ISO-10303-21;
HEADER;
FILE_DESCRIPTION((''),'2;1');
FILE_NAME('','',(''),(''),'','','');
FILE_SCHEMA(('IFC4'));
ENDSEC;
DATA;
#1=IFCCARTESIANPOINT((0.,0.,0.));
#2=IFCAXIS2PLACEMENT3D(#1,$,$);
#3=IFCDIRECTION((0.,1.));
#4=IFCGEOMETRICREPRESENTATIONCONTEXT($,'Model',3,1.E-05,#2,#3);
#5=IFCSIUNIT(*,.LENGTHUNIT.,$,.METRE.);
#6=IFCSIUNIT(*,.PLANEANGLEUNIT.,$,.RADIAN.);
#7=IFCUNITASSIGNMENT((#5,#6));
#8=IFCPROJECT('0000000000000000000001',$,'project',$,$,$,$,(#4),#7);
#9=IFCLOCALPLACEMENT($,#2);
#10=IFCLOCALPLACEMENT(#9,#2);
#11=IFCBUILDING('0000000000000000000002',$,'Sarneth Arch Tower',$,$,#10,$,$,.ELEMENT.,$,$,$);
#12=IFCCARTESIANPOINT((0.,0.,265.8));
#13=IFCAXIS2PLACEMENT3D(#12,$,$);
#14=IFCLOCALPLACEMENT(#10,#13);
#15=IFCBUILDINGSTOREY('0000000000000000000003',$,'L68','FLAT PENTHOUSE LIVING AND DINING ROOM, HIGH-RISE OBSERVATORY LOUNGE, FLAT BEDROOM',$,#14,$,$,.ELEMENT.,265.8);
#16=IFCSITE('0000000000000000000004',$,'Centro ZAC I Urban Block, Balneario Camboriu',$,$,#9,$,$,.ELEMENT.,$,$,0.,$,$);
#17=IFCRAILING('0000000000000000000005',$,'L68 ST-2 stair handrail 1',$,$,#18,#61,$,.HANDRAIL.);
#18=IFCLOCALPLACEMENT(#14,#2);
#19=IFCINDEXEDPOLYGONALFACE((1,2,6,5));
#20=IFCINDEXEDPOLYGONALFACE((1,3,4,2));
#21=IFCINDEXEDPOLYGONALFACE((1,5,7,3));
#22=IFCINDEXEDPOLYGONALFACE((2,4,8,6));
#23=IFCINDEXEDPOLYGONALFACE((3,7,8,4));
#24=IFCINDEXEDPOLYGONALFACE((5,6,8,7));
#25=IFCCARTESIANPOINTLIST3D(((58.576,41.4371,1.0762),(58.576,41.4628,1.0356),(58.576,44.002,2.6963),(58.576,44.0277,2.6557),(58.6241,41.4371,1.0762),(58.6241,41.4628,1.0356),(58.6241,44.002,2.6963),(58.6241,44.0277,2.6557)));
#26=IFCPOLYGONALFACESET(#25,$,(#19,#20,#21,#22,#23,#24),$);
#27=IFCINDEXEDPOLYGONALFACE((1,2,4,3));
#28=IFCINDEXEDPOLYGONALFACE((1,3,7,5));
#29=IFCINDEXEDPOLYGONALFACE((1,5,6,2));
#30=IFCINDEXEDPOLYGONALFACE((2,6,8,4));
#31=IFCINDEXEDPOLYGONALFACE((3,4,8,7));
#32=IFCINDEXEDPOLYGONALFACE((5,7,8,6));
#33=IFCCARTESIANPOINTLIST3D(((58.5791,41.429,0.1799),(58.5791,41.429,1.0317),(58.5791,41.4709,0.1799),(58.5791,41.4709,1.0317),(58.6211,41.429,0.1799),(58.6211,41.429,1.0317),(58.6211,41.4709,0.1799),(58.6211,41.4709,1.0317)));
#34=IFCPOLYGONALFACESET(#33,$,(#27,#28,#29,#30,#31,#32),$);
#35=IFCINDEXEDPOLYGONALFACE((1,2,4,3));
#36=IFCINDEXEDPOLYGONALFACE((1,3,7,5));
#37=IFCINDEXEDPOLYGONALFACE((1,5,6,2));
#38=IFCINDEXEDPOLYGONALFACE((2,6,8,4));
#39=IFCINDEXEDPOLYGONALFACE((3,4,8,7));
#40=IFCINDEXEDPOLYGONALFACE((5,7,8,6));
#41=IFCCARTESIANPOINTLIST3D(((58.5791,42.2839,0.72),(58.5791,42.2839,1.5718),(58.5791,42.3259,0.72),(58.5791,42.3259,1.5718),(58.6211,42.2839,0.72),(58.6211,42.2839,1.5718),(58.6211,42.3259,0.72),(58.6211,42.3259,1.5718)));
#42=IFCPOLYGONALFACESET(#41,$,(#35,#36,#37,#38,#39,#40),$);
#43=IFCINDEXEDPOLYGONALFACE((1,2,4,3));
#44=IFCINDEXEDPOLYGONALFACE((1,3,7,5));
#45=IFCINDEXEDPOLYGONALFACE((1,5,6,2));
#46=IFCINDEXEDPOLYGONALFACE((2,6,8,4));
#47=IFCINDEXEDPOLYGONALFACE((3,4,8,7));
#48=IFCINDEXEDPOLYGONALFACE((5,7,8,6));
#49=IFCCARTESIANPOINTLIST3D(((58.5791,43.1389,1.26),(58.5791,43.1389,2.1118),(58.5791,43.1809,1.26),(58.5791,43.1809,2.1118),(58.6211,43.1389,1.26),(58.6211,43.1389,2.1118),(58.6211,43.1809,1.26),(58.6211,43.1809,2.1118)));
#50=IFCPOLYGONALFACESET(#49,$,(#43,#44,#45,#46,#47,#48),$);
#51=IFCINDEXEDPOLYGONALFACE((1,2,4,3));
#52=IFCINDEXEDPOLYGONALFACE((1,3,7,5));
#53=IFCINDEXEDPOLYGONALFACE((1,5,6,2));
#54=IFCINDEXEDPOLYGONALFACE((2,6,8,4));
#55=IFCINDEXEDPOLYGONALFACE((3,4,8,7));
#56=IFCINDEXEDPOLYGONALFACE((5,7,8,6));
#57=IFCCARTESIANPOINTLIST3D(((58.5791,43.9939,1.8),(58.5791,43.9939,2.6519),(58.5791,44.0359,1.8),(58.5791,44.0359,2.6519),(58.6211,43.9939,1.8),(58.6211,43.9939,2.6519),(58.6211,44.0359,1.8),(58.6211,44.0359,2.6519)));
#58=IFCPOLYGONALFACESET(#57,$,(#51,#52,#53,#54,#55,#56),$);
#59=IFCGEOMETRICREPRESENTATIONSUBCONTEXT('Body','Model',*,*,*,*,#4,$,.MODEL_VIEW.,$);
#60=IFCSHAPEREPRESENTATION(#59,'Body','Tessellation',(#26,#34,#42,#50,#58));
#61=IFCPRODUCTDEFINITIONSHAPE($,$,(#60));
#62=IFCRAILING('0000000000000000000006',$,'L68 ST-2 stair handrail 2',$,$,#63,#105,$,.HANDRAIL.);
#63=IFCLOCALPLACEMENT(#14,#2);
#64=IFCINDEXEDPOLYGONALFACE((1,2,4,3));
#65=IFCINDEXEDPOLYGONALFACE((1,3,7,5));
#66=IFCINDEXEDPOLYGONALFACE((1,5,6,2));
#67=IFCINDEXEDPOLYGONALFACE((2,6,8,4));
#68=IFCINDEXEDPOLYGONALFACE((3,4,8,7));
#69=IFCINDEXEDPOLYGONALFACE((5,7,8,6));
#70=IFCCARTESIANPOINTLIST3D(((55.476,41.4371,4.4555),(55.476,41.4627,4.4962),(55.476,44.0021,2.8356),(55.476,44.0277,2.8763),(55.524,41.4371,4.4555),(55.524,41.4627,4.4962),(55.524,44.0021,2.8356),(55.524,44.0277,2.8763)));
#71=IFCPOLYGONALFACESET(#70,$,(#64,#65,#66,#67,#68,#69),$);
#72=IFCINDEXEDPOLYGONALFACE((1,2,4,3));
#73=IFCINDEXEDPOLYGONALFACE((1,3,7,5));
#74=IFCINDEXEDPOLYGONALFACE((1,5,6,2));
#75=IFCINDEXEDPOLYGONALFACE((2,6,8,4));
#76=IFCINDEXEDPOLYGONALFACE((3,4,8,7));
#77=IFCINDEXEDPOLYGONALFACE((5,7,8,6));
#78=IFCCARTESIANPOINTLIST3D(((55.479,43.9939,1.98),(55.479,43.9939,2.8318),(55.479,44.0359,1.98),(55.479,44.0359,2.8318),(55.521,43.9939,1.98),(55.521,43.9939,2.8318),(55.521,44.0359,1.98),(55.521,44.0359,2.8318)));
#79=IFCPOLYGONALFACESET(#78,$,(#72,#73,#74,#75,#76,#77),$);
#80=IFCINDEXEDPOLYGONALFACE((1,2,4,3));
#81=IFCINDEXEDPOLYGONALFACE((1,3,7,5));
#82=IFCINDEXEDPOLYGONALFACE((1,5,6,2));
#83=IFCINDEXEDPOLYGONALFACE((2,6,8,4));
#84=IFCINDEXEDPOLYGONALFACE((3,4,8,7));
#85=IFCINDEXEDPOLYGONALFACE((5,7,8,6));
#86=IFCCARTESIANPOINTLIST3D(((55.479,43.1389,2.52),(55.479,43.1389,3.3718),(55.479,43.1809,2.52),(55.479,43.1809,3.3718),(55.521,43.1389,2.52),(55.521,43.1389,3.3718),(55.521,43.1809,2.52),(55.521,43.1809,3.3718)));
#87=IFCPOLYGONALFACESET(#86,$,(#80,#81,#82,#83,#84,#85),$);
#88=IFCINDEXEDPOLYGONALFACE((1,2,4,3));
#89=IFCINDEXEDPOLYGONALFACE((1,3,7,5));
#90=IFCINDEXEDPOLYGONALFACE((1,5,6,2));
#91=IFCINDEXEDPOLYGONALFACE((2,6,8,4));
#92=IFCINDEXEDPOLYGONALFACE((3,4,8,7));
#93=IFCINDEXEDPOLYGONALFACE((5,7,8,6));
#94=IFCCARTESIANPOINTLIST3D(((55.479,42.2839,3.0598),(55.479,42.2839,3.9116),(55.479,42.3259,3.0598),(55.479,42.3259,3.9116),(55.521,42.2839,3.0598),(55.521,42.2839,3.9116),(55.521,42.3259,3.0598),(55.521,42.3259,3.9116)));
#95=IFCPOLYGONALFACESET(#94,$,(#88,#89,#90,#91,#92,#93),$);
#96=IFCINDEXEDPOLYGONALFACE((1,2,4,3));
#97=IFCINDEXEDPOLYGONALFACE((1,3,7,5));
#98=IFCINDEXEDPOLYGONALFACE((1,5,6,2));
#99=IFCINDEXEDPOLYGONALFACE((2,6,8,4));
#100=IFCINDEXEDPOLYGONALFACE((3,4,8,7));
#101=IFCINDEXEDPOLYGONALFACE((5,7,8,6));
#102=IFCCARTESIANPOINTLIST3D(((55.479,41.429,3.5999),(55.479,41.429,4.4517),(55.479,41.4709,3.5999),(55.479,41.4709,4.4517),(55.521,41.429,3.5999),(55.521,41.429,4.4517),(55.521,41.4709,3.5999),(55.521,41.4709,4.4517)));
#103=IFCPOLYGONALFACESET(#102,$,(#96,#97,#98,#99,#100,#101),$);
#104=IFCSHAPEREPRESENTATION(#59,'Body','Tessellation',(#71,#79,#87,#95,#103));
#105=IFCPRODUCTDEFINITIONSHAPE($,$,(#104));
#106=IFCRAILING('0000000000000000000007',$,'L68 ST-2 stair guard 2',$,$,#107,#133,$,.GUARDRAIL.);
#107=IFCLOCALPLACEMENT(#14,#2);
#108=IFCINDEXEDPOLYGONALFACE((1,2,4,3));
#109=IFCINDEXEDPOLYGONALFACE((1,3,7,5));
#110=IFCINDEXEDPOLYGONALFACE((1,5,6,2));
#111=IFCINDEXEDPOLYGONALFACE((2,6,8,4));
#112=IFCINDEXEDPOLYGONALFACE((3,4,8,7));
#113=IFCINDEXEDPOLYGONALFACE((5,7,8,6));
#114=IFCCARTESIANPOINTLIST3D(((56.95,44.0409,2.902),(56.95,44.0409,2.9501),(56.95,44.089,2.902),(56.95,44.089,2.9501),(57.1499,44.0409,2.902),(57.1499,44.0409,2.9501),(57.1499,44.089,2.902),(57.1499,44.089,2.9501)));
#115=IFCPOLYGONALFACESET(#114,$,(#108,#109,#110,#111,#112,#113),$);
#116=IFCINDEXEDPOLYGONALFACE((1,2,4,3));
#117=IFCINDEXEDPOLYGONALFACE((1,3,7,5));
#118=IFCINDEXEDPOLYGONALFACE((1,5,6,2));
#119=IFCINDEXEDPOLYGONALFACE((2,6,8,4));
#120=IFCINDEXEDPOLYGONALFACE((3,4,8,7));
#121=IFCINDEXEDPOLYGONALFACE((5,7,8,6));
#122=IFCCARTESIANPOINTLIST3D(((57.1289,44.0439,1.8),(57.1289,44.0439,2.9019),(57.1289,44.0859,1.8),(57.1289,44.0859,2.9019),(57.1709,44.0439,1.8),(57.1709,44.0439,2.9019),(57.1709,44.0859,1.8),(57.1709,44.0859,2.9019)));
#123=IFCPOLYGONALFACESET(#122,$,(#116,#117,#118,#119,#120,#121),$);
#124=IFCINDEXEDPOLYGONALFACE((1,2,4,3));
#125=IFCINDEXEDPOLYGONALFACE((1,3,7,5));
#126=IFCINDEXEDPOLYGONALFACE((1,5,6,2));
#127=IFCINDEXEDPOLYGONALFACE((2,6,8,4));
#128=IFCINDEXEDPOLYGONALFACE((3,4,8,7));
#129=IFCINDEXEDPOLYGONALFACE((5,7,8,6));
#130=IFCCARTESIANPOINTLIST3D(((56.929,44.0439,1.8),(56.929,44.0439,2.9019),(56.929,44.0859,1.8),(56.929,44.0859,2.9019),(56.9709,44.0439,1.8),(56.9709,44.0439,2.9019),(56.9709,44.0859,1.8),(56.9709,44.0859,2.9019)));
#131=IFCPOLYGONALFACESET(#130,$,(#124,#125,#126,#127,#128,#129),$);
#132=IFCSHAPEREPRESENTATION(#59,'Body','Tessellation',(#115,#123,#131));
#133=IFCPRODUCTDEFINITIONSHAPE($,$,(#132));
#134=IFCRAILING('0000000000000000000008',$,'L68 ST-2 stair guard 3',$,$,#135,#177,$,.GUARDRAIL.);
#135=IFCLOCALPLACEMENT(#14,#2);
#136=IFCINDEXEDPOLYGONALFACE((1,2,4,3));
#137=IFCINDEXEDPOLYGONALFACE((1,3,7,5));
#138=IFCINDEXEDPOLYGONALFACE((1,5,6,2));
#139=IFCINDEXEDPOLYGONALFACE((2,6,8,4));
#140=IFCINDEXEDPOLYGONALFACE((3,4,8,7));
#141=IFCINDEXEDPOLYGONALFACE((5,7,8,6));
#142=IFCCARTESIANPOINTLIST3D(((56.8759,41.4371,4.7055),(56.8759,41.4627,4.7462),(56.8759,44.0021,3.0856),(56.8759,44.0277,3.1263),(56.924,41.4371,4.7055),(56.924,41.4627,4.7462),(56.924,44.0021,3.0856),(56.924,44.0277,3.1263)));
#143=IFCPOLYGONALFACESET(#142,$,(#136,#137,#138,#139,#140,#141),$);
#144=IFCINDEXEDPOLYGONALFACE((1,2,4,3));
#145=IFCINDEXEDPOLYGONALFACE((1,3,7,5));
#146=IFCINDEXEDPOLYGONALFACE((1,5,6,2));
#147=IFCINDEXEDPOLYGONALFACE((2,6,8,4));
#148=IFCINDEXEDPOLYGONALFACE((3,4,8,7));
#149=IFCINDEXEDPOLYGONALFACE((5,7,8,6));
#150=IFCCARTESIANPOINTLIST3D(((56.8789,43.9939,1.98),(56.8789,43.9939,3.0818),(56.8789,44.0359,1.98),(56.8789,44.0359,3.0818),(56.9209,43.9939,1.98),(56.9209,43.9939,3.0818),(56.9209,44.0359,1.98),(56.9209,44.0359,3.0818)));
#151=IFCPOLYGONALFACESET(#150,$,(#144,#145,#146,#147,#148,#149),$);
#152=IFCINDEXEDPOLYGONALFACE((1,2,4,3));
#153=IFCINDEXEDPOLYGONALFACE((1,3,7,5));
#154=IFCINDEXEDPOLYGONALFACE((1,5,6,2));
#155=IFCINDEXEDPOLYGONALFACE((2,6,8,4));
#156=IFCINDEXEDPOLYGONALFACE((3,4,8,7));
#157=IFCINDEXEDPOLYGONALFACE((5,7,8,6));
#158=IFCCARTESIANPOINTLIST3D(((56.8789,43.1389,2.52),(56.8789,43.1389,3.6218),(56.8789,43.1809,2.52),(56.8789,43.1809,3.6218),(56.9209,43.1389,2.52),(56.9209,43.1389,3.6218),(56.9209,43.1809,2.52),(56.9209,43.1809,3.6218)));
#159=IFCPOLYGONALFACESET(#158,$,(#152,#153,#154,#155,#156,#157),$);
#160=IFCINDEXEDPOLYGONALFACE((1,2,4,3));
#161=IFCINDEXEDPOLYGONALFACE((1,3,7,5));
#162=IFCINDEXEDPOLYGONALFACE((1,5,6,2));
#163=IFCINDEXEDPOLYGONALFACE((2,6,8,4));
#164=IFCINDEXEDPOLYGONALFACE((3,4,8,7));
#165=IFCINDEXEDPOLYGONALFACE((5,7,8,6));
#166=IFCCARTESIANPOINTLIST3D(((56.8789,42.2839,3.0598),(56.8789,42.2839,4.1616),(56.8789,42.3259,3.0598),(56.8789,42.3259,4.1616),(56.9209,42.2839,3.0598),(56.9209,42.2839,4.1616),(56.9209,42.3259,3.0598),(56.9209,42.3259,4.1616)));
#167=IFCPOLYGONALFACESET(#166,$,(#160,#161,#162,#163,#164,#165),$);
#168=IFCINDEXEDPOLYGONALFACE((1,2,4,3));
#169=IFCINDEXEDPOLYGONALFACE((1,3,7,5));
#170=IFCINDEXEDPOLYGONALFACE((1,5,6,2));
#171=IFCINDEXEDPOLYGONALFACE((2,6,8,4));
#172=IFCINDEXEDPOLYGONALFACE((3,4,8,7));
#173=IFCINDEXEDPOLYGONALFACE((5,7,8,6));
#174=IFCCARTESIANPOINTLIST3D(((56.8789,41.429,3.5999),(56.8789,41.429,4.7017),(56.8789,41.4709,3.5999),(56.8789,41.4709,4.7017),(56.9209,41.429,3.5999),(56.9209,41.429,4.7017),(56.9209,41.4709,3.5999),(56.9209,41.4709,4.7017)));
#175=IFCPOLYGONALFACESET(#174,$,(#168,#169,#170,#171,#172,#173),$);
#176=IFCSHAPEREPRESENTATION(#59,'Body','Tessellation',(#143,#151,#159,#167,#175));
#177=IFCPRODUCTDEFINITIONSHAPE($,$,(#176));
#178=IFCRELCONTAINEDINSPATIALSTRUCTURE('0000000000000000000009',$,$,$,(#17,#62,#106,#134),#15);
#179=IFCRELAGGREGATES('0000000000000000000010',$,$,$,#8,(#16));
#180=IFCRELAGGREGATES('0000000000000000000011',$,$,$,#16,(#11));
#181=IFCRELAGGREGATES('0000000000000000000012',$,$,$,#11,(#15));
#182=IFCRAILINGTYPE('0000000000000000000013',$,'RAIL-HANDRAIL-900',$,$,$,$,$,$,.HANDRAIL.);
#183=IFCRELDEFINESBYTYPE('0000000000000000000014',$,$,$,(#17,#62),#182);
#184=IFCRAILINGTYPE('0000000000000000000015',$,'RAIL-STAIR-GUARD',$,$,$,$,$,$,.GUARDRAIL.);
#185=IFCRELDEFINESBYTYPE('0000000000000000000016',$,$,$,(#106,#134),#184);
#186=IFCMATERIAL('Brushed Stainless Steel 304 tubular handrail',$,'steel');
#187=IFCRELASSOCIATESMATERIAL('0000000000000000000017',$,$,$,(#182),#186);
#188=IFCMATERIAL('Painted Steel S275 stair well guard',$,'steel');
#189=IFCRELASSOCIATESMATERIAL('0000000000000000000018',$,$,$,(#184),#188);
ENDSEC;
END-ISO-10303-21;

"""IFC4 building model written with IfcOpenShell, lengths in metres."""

from ifc_helpers import new_model, si_unit, direction, frame, origin, origin_2d, place, context, subcontext, project, spatial, rectangle, extrude, material, type_object, element, save


model = new_model("IFC4")

# Units and contexts
model_context = context("Model", 3, precision=1e-05, world=origin(), true_north=direction((0.0, 1.0)))
body_context = subcontext(model_context, "Body", "Model", "MODEL_VIEW")
ifc_project = project(units=[si_unit("LENGTHUNIT", "METRE"), si_unit("PLANEANGLEUNIT", "RADIAN")], contexts=[model_context])

# Site, building, storey
site_placement = place(None, origin())
site = spatial("IfcSite", under=ifc_project, at=site_placement, Name="Centro ZAC I Urban Block, Balneario Camboriu", CompositionType="ELEMENT", RefElevation=0.0)
building_placement = place(site_placement, origin())
building = spatial("IfcBuilding", under=site, at=building_placement, Name="Sarneth Arch Tower", CompositionType="ELEMENT")
storey_placement = place(building_placement, frame((0.0, 0.0, 265.8)))
storey = spatial("IfcBuildingStorey", under=building, at=storey_placement, Name="L68", Description="FLAT PENTHOUSE LIVING AND DINING ROOM, HIGH-RISE OBSERVATORY LOUNGE, FLAT BEDROOM", CompositionType="ELEMENT", Elevation=265.8)

# Railings
ifc_material_1 = material(Name="Brushed Stainless Steel 304 tubular handrail", Category="steel")
railing_type_1 = type_object("IfcRailingType", Name="RAIL-HANDRAIL-900", PredefinedType="HANDRAIL", material=ifc_material_1)
railing_1_placement = place(storey_placement, frame((58.6001, 41.45, 0.1799)))
element("IfcRailing", 1, at=railing_1_placement, inside=storey, type_object=railing_type_1, Name="L68 ST-2 stair handrail 1", PredefinedType="HANDRAIL", context=body_context, shape_type="SweptSolid", body=[
    extrude(rectangle(XDim=0.0481, YDim=0.0481, at=origin_2d()), frame((0.0, 0.0, 0.876), z_axis=(0.0, 0.845466, 0.534029), x_axis=(-1.0, 0.0, 0.0)), (0.0, 0.0, 1.0), 3.0337),
    extrude(rectangle(XDim=0.042, YDim=0.042, at=origin_2d()), origin(), (0.0, 0.0, 1.0), 0.8518),
    extrude(rectangle(XDim=0.042, YDim=0.042, at=origin_2d()), frame((0.0, 0.855, 0.54)), (0.0, 0.0, 1.0), 0.8518),
    extrude(rectangle(XDim=0.042, YDim=0.042, at=origin_2d()), frame((0.0, 1.71, 1.0801)), (0.0, 0.0, 1.0), 0.8518),
    extrude(rectangle(XDim=0.042, YDim=0.042, at=origin_2d()), frame((0.0, 2.5649, 1.6201)), (0.0, 0.0, 1.0), 0.8518),
])
railing_2_placement = place(storey_placement, frame((55.5, 44.0149, 1.98)))
element("IfcRailing", 2, at=railing_2_placement, inside=storey, type_object=railing_type_1, Name="L68 ST-2 stair handrail 2", PredefinedType="HANDRAIL", context=body_context, shape_type="SweptSolid", body=[
    extrude(rectangle(XDim=0.0481, YDim=0.0481, at=origin_2d()), frame((0.0, 0.0, 0.876), z_axis=(0.0, -0.845502, 0.533972), x_axis=(1.0, 0.0, 0.0)), (0.0, 0.0, 1.0), 3.0337),
    extrude(rectangle(XDim=0.042, YDim=0.042, at=origin_2d()), origin(), (0.0, 0.0, 1.0), 0.8518),
    extrude(rectangle(XDim=0.042, YDim=0.042, at=origin_2d()), frame((0.0, -0.855, 0.54)), (0.0, 0.0, 1.0), 0.8518),
    extrude(rectangle(XDim=0.042, YDim=0.042, at=origin_2d()), frame((0.0, -1.71, 1.0798)), (0.0, 0.0, 1.0), 0.8518),
    extrude(rectangle(XDim=0.042, YDim=0.042, at=origin_2d()), frame((0.0, -2.5649, 1.6199)), (0.0, 0.0, 1.0), 0.8518),
])
ifc_material_2 = material(Name="Painted Steel S275 stair well guard", Category="steel")
railing_type_2 = type_object("IfcRailingType", Name="RAIL-STAIR-GUARD", PredefinedType="GUARDRAIL", material=ifc_material_2)
railing_3_placement = place(storey_placement, frame((57.1499, 44.0649, 1.8)))
element("IfcRailing", 3, at=railing_3_placement, inside=storey, type_object=railing_type_2, Name="L68 ST-2 stair guard 2", PredefinedType="GUARDRAIL", context=body_context, shape_type="SweptSolid", body=[
    extrude(rectangle(XDim=0.0481, YDim=0.0481, at=origin_2d()), frame((0.0, 0.0, 1.126), z_axis=(-1.0, 0.0, 0.0), x_axis=(0.0, -1.0, 0.0)), (0.0, 0.0, 1.0), 0.2),
    extrude(rectangle(XDim=0.042, YDim=0.042, at=origin_2d()), origin(), (0.0, 0.0, 1.0), 1.1018),
    extrude(rectangle(XDim=0.042, YDim=0.042, at=origin_2d()), frame((-0.2, 0.0, 0.0)), (0.0, 0.0, 1.0), 1.1018),
])
railing_4_placement = place(storey_placement, frame((56.8999, 44.0149, 1.98)))
element("IfcRailing", 4, at=railing_4_placement, inside=storey, type_object=railing_type_2, Name="L68 ST-2 stair guard 3", PredefinedType="GUARDRAIL", context=body_context, shape_type="SweptSolid", body=[
    extrude(rectangle(XDim=0.0481, YDim=0.0481, at=origin_2d()), frame((0.0, 0.0, 1.126), z_axis=(0.0, -0.845502, 0.533972), x_axis=(1.0, 0.0, 0.0)), (0.0, 0.0, 1.0), 3.0337),
    extrude(rectangle(XDim=0.042, YDim=0.042, at=origin_2d()), origin(), (0.0, 0.0, 1.0), 1.1018),
    extrude(rectangle(XDim=0.042, YDim=0.042, at=origin_2d()), frame((0.0, -0.855, 0.54)), (0.0, 0.0, 1.0), 1.1018),
    extrude(rectangle(XDim=0.042, YDim=0.042, at=origin_2d()), frame((0.0, -1.71, 1.0798)), (0.0, 0.0, 1.0), 1.1018),
    extrude(rectangle(XDim=0.042, YDim=0.042, at=origin_2d()), frame((0.0, -2.5649, 1.6199)), (0.0, 0.0, 1.0), 1.1018),
])

save(model, "model.ifc")
